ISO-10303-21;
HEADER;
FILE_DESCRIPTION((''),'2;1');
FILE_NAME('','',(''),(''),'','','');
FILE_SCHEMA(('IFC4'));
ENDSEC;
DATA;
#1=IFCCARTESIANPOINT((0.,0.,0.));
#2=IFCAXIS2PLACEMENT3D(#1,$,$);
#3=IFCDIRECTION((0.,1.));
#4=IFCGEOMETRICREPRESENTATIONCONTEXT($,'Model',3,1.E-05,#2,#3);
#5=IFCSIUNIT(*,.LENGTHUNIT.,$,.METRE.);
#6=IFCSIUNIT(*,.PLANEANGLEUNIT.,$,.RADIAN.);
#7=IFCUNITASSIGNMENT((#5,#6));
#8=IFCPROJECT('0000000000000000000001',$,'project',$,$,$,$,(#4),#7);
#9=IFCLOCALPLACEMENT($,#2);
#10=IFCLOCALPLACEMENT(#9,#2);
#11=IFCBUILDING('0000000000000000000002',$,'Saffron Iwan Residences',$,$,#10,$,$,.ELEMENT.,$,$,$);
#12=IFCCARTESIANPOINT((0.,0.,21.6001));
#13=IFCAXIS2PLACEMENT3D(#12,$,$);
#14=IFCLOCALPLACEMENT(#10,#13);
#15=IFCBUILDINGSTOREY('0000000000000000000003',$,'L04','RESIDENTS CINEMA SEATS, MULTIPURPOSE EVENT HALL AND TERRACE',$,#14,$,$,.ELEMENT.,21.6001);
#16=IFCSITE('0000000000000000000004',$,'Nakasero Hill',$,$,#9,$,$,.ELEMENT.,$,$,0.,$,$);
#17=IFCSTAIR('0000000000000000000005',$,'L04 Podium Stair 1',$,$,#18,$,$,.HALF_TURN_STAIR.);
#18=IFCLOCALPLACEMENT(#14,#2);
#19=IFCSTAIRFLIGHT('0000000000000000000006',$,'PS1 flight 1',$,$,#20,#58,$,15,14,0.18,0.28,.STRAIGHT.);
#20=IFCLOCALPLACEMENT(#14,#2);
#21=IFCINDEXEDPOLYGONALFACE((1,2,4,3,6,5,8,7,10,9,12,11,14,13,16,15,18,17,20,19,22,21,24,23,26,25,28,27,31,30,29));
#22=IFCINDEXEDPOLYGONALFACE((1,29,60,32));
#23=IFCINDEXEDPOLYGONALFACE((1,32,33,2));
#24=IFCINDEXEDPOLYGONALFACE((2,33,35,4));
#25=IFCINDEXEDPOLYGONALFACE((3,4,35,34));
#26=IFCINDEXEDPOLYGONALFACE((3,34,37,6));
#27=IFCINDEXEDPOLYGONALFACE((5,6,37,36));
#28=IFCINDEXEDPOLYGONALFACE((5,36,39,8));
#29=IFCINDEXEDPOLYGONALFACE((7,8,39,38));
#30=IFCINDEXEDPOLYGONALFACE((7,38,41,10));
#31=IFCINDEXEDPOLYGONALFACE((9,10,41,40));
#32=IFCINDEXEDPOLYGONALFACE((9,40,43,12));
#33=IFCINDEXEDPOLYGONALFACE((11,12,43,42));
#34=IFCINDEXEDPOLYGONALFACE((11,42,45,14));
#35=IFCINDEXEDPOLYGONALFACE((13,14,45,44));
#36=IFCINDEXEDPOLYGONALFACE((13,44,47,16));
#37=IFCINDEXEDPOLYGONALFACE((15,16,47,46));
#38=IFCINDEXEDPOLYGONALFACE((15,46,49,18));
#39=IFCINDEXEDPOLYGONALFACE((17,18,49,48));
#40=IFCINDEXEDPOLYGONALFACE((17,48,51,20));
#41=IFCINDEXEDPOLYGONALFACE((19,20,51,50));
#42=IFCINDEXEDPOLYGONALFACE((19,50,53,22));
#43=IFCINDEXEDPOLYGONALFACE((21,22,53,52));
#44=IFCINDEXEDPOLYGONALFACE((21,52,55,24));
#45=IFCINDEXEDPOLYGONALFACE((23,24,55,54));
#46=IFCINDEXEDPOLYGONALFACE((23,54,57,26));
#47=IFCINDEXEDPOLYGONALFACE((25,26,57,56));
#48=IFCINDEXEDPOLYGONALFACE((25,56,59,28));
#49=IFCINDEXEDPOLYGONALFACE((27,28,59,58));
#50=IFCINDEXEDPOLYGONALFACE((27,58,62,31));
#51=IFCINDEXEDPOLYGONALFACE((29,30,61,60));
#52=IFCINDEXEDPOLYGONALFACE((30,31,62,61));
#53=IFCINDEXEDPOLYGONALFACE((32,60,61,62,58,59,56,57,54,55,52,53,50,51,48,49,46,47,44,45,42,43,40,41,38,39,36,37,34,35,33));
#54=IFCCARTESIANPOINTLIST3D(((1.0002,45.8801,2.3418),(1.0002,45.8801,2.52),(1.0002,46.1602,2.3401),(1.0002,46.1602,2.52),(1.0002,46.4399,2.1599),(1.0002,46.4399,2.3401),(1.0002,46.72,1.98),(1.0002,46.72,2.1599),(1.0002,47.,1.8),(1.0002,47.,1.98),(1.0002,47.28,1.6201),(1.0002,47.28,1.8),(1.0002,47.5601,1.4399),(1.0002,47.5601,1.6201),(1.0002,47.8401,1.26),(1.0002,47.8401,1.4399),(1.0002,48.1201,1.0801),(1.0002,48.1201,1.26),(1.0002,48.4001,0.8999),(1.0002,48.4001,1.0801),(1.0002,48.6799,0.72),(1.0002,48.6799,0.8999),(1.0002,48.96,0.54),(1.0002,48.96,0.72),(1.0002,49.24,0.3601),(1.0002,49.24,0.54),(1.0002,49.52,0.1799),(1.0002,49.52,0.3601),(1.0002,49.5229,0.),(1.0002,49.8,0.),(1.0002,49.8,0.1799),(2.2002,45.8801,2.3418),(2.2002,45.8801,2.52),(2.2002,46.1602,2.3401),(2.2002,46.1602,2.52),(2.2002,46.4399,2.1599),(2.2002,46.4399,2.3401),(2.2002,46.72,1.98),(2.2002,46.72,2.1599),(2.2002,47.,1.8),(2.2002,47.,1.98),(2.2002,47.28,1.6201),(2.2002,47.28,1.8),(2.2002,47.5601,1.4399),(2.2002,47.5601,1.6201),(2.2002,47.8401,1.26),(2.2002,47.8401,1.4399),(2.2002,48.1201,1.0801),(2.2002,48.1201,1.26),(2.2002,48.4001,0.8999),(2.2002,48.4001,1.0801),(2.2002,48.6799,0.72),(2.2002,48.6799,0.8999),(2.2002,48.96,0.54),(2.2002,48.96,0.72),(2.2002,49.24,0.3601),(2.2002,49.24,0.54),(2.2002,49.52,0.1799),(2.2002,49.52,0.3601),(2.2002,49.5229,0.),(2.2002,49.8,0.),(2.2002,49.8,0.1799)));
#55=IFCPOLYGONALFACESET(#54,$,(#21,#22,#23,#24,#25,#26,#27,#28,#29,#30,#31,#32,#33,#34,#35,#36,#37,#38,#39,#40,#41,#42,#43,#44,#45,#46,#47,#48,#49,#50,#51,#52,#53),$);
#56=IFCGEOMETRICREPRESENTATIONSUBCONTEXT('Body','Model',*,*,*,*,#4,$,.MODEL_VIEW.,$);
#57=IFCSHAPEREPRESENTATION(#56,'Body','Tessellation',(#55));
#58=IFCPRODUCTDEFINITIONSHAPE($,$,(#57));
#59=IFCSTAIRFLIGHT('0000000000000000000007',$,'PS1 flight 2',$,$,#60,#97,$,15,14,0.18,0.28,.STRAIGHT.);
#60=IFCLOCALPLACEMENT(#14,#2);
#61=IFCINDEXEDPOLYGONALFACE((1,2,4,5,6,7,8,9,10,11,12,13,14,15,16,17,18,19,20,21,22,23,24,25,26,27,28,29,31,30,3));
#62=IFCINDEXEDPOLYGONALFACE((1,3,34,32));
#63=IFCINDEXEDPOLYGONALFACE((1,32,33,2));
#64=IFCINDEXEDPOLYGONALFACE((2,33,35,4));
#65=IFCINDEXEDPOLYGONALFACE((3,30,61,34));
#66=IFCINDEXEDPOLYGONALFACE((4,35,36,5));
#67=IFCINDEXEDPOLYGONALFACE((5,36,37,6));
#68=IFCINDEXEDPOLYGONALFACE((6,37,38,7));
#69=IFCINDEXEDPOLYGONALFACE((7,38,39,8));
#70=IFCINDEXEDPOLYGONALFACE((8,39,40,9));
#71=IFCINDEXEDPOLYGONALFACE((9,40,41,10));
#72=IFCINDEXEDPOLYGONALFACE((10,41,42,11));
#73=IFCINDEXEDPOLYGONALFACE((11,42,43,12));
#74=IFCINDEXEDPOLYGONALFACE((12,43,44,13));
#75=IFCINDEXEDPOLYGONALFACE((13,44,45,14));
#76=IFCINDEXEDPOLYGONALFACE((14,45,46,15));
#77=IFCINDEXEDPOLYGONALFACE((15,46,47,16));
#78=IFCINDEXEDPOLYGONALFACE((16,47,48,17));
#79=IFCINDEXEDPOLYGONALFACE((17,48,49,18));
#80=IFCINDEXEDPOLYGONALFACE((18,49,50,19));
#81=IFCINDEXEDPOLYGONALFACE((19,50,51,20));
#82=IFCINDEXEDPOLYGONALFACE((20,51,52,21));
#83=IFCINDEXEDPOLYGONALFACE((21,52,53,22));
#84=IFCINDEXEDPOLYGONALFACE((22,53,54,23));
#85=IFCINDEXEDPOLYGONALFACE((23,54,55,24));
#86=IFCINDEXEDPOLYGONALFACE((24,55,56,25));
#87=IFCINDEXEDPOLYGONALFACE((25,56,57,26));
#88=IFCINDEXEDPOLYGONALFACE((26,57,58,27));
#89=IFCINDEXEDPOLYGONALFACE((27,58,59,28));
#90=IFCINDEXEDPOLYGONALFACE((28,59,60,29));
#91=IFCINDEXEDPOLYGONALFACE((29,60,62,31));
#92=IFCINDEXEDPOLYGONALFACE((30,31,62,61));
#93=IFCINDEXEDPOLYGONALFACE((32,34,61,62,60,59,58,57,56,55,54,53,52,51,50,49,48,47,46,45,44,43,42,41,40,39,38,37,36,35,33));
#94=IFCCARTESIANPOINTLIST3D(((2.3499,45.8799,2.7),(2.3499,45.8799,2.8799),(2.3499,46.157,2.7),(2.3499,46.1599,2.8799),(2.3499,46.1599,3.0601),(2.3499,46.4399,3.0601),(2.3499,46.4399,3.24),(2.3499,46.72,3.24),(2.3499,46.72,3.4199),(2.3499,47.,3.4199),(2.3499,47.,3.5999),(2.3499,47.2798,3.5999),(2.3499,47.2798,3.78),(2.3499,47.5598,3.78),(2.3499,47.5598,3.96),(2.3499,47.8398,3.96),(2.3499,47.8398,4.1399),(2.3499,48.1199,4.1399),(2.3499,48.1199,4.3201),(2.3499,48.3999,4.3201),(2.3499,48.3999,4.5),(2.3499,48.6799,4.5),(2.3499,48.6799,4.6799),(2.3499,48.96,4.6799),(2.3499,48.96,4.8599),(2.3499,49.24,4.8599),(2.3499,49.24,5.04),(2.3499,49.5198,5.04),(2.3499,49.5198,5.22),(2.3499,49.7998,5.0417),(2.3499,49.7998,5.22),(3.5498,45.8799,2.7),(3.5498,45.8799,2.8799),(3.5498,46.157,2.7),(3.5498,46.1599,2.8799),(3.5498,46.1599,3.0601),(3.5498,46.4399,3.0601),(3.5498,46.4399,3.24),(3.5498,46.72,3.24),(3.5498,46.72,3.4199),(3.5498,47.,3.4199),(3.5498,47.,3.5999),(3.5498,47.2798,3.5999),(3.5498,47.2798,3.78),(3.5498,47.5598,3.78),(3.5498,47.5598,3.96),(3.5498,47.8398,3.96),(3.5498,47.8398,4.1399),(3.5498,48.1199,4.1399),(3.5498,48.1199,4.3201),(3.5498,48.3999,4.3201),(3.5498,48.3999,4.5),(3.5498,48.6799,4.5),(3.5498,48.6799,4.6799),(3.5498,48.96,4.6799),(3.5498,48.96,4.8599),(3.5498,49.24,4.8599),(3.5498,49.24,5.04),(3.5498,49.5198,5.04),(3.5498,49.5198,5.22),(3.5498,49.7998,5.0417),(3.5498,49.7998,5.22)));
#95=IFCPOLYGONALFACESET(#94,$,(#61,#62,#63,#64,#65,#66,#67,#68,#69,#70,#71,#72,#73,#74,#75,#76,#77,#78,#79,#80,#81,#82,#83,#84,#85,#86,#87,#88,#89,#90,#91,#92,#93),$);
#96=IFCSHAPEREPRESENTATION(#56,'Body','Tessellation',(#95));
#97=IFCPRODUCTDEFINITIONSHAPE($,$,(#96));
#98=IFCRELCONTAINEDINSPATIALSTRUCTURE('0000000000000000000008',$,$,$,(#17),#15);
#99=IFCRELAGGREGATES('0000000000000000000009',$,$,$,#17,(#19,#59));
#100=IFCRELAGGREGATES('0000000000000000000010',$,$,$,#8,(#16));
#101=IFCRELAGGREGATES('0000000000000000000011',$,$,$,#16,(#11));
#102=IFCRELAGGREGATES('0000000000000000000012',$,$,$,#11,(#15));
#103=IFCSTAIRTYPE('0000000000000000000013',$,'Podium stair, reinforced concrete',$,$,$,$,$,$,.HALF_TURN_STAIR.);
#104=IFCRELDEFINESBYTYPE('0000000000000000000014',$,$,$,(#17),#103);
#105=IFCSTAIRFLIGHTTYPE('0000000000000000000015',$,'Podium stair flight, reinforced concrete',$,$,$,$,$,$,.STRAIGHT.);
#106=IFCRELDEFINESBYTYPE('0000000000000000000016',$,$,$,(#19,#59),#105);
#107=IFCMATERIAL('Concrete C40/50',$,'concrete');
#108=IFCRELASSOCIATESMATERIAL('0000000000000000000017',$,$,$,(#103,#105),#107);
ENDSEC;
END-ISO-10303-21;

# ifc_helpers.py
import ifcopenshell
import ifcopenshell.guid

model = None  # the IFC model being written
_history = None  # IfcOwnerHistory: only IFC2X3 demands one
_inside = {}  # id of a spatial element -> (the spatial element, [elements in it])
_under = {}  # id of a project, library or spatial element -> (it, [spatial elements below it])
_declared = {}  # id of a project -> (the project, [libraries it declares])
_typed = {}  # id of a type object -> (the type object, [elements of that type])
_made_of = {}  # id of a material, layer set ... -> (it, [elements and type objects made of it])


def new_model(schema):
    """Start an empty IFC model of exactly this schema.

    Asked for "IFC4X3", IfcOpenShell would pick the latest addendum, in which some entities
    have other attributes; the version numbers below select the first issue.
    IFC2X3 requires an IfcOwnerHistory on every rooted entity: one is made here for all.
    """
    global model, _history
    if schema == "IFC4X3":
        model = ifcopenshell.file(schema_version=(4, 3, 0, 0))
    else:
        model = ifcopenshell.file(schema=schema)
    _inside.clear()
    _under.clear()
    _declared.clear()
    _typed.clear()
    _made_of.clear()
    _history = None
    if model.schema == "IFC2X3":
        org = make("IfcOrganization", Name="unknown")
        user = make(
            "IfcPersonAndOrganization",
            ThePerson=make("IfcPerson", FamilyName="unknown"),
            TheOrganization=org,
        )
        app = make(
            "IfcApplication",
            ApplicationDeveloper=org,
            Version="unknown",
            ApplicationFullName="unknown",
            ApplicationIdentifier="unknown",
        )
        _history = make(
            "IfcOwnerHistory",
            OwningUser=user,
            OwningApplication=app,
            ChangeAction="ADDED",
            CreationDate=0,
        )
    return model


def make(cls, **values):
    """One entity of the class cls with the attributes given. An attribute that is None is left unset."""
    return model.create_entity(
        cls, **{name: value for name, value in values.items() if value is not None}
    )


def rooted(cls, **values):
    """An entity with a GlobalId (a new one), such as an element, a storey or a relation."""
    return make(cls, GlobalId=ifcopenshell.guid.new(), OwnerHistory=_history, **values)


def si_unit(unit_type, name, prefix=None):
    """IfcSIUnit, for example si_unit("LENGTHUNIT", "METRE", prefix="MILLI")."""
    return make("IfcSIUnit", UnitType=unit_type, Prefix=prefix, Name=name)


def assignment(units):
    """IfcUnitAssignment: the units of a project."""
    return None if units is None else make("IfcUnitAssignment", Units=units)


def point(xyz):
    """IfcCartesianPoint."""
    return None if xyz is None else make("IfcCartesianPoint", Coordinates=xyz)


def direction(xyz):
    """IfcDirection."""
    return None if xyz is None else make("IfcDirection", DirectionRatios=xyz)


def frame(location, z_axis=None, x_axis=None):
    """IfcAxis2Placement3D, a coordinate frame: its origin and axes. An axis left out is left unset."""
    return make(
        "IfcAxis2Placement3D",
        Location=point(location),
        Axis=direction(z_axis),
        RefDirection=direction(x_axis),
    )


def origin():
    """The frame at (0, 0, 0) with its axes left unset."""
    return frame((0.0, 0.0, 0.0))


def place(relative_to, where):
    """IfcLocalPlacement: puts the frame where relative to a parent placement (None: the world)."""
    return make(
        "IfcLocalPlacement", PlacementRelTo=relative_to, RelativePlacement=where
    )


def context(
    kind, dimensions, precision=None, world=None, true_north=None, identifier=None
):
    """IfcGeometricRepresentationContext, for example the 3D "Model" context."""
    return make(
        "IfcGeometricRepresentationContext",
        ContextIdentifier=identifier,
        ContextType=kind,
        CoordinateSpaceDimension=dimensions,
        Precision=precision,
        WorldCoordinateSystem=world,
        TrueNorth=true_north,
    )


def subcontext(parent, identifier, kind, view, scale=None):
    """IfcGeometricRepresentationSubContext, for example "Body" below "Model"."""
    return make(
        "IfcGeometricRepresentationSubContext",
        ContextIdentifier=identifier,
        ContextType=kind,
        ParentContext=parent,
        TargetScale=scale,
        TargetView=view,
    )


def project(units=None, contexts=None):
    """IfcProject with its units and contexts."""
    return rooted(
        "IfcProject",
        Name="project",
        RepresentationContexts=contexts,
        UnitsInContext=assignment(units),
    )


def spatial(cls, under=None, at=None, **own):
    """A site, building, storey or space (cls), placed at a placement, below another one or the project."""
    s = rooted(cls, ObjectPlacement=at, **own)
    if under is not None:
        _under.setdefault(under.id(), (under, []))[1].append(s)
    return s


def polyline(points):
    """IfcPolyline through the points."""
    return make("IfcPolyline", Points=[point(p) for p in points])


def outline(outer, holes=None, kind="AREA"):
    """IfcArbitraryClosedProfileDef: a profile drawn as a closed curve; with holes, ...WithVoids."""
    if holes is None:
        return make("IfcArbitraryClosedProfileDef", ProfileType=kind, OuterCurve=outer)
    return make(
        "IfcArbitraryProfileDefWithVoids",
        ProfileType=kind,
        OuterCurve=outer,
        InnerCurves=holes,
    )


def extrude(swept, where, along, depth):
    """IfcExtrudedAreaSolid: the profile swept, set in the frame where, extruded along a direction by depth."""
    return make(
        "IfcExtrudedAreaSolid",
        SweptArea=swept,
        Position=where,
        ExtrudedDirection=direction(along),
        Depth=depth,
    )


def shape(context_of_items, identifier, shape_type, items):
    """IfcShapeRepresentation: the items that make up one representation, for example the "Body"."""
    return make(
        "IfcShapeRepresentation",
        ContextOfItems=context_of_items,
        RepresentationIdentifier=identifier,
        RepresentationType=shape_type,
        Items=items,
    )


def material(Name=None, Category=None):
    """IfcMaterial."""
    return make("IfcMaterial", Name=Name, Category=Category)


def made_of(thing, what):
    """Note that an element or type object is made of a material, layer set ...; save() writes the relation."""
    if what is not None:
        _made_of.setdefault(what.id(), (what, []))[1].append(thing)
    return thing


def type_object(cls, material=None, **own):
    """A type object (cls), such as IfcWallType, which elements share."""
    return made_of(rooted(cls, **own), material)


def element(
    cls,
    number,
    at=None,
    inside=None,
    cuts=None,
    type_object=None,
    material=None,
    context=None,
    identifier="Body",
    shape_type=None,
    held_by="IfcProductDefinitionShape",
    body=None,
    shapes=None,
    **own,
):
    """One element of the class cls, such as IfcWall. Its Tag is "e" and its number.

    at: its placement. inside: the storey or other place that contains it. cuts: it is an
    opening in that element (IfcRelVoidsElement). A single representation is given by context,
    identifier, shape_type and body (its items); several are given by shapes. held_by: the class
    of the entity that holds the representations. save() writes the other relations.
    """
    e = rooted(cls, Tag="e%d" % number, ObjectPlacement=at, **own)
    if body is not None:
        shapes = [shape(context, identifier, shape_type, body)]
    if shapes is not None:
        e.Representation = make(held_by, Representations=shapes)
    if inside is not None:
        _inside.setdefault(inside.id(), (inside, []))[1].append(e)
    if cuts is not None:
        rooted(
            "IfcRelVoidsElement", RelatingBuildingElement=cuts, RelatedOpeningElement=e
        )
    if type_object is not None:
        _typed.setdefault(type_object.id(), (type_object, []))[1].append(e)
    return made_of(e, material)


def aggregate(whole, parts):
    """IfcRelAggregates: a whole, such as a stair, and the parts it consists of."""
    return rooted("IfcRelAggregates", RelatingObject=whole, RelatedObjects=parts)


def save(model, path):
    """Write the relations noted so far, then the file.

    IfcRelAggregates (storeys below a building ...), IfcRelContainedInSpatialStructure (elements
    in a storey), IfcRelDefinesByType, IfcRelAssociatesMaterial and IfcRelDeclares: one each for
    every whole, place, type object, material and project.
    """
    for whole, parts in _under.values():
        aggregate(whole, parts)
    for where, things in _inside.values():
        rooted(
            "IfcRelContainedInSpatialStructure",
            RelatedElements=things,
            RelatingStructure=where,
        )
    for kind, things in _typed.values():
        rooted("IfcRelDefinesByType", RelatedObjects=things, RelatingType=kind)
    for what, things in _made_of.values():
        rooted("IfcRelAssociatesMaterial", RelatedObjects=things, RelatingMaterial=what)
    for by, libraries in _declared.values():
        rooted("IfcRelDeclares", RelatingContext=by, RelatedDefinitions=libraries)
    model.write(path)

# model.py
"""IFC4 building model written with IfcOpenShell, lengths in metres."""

from ifc_helpers import new_model, si_unit, direction, frame, origin, place, context, subcontext, project, spatial, polyline, outline, extrude, material, type_object, element, aggregate, save


model = new_model("IFC4")

# Units and contexts
model_context = context("Model", 3, precision=1e-05, world=origin(), true_north=direction((0.0, 1.0)))
body_context = subcontext(model_context, "Body", "Model", "MODEL_VIEW")
ifc_project = project(units=[si_unit("LENGTHUNIT", "METRE"), si_unit("PLANEANGLEUNIT", "RADIAN")], contexts=[model_context])

# Site, building, storey
site_placement = place(None, origin())
site = spatial("IfcSite", under=ifc_project, at=site_placement, Name="Nakasero Hill", CompositionType="ELEMENT", RefElevation=0.0)
building_placement = place(site_placement, origin())
building = spatial("IfcBuilding", under=site, at=building_placement, Name="Saffron Iwan Residences", CompositionType="ELEMENT")
storey_placement = place(building_placement, frame((0.0, 0.0, 21.6001)))
storey = spatial("IfcBuildingStorey", under=building, at=storey_placement, Name="L04", Description="RESIDENTS CINEMA SEATS, MULTIPURPOSE EVENT HALL AND TERRACE", CompositionType="ELEMENT", Elevation=21.6001)

# Shared definitions
ifc_material_1 = material(Name="Concrete C40/50", Category="concrete")

# Stair, stair flights
stair_type = type_object("IfcStairType", Name="Podium stair, reinforced concrete", PredefinedType="HALF_TURN_STAIR", material=ifc_material_1)
stair_placement = place(storey_placement, origin())
stair = element("IfcStair", 1, at=stair_placement, inside=storey, type_object=stair_type, Name="L04 Podium Stair 1", PredefinedType="HALF_TURN_STAIR")
stair_flight_type = type_object("IfcStairFlightType", Name="Podium stair flight, reinforced concrete", PredefinedType="STRAIGHT", material=ifc_material_1)
stair_flight_1_placement = place(storey_placement, frame((1.6001, 49.8, 0.0), z_axis=(0.0, 0.0, 1.0), x_axis=(0.0, -1.0, 0.0)))
stair_flight_1 = element("IfcStairFlight", 2, at=stair_flight_1_placement, type_object=stair_flight_type, Name="PS1 flight 1", NumberOfRisers=15, NumberOfTreads=14, PredefinedType="STRAIGHT", RiserHeight=0.18, TreadLength=0.28, context=body_context, shape_type="SweptSolid", body=[
    extrude(outline(polyline([(0.0, 0.0), (0.0, 0.1799), (0.28, 0.1799), (0.28, 0.3601), (0.5601, 0.3601), (0.5601, 0.54), (0.8401, 0.54), (0.8401, 0.72), (1.1201, 0.72), (1.1201, 0.8999), (1.3999, 0.8999), (1.3999, 1.0801), (1.6799, 1.0801), (1.6799, 1.26), (1.96, 1.26), (1.96, 1.4399), (2.24, 1.4399), (2.24, 1.6201), (2.52, 1.6201), (2.52, 1.8), (2.8, 1.8), (2.8, 1.98), (3.0801, 1.98), (3.0801, 2.1599), (3.3601, 2.1599), (3.3601, 2.3401), (3.6399, 2.3401), (3.6399, 2.52), (3.9199, 2.52), (3.9199, 2.7), (3.9199, 2.3418), (0.2771, 0.0), (0.0, 0.0)])), frame((0.0, 0.6001, 0.0), z_axis=(0.0, -1.0, 0.0), x_axis=(1.0, 0.0, 0.0)), (0.0, 0.0, 1.0), 1.2),
])
stair_flight_2_placement = place(storey_placement, frame((2.95, 45.8799, 2.7), z_axis=(0.0, 0.0, 1.0), x_axis=(0.0, 1.0, 0.0)))
stair_flight_2 = element("IfcStairFlight", 3, at=stair_flight_2_placement, type_object=stair_flight_type, Name="PS1 flight 2", NumberOfRisers=15, NumberOfTreads=14, PredefinedType="STRAIGHT", RiserHeight=0.18, TreadLength=0.28, context=body_context, shape_type="SweptSolid", body=[
    extrude(outline(polyline([(0.0, 0.0), (0.0, 0.1799), (0.28, 0.1799), (0.28, 0.3601), (0.5601, 0.3601), (0.5601, 0.54), (0.8401, 0.54), (0.8401, 0.72), (1.1201, 0.72), (1.1201, 0.8999), (1.3999, 0.8999), (1.3999, 1.0801), (1.6799, 1.0801), (1.6799, 1.26), (1.96, 1.26), (1.96, 1.4399), (2.24, 1.4399), (2.24, 1.6201), (2.52, 1.6201), (2.52, 1.8), (2.8, 1.8), (2.8, 1.98), (3.0801, 1.98), (3.0801, 2.1599), (3.3601, 2.1599), (3.3601, 2.3401), (3.6399, 2.3401), (3.6399, 2.52), (3.9199, 2.52), (3.9199, 2.7), (3.9199, 2.3418), (0.2771, 0.0), (0.0, 0.0)])), frame((0.0, 0.6001, 0.0), z_axis=(0.0, -1.0, 0.0), x_axis=(1.0, 0.0, 0.0)), (0.0, 0.0, 1.0), 1.2),
])
aggregate(stair, [stair_flight_1, stair_flight_2])

save(model, "model.ifc")
